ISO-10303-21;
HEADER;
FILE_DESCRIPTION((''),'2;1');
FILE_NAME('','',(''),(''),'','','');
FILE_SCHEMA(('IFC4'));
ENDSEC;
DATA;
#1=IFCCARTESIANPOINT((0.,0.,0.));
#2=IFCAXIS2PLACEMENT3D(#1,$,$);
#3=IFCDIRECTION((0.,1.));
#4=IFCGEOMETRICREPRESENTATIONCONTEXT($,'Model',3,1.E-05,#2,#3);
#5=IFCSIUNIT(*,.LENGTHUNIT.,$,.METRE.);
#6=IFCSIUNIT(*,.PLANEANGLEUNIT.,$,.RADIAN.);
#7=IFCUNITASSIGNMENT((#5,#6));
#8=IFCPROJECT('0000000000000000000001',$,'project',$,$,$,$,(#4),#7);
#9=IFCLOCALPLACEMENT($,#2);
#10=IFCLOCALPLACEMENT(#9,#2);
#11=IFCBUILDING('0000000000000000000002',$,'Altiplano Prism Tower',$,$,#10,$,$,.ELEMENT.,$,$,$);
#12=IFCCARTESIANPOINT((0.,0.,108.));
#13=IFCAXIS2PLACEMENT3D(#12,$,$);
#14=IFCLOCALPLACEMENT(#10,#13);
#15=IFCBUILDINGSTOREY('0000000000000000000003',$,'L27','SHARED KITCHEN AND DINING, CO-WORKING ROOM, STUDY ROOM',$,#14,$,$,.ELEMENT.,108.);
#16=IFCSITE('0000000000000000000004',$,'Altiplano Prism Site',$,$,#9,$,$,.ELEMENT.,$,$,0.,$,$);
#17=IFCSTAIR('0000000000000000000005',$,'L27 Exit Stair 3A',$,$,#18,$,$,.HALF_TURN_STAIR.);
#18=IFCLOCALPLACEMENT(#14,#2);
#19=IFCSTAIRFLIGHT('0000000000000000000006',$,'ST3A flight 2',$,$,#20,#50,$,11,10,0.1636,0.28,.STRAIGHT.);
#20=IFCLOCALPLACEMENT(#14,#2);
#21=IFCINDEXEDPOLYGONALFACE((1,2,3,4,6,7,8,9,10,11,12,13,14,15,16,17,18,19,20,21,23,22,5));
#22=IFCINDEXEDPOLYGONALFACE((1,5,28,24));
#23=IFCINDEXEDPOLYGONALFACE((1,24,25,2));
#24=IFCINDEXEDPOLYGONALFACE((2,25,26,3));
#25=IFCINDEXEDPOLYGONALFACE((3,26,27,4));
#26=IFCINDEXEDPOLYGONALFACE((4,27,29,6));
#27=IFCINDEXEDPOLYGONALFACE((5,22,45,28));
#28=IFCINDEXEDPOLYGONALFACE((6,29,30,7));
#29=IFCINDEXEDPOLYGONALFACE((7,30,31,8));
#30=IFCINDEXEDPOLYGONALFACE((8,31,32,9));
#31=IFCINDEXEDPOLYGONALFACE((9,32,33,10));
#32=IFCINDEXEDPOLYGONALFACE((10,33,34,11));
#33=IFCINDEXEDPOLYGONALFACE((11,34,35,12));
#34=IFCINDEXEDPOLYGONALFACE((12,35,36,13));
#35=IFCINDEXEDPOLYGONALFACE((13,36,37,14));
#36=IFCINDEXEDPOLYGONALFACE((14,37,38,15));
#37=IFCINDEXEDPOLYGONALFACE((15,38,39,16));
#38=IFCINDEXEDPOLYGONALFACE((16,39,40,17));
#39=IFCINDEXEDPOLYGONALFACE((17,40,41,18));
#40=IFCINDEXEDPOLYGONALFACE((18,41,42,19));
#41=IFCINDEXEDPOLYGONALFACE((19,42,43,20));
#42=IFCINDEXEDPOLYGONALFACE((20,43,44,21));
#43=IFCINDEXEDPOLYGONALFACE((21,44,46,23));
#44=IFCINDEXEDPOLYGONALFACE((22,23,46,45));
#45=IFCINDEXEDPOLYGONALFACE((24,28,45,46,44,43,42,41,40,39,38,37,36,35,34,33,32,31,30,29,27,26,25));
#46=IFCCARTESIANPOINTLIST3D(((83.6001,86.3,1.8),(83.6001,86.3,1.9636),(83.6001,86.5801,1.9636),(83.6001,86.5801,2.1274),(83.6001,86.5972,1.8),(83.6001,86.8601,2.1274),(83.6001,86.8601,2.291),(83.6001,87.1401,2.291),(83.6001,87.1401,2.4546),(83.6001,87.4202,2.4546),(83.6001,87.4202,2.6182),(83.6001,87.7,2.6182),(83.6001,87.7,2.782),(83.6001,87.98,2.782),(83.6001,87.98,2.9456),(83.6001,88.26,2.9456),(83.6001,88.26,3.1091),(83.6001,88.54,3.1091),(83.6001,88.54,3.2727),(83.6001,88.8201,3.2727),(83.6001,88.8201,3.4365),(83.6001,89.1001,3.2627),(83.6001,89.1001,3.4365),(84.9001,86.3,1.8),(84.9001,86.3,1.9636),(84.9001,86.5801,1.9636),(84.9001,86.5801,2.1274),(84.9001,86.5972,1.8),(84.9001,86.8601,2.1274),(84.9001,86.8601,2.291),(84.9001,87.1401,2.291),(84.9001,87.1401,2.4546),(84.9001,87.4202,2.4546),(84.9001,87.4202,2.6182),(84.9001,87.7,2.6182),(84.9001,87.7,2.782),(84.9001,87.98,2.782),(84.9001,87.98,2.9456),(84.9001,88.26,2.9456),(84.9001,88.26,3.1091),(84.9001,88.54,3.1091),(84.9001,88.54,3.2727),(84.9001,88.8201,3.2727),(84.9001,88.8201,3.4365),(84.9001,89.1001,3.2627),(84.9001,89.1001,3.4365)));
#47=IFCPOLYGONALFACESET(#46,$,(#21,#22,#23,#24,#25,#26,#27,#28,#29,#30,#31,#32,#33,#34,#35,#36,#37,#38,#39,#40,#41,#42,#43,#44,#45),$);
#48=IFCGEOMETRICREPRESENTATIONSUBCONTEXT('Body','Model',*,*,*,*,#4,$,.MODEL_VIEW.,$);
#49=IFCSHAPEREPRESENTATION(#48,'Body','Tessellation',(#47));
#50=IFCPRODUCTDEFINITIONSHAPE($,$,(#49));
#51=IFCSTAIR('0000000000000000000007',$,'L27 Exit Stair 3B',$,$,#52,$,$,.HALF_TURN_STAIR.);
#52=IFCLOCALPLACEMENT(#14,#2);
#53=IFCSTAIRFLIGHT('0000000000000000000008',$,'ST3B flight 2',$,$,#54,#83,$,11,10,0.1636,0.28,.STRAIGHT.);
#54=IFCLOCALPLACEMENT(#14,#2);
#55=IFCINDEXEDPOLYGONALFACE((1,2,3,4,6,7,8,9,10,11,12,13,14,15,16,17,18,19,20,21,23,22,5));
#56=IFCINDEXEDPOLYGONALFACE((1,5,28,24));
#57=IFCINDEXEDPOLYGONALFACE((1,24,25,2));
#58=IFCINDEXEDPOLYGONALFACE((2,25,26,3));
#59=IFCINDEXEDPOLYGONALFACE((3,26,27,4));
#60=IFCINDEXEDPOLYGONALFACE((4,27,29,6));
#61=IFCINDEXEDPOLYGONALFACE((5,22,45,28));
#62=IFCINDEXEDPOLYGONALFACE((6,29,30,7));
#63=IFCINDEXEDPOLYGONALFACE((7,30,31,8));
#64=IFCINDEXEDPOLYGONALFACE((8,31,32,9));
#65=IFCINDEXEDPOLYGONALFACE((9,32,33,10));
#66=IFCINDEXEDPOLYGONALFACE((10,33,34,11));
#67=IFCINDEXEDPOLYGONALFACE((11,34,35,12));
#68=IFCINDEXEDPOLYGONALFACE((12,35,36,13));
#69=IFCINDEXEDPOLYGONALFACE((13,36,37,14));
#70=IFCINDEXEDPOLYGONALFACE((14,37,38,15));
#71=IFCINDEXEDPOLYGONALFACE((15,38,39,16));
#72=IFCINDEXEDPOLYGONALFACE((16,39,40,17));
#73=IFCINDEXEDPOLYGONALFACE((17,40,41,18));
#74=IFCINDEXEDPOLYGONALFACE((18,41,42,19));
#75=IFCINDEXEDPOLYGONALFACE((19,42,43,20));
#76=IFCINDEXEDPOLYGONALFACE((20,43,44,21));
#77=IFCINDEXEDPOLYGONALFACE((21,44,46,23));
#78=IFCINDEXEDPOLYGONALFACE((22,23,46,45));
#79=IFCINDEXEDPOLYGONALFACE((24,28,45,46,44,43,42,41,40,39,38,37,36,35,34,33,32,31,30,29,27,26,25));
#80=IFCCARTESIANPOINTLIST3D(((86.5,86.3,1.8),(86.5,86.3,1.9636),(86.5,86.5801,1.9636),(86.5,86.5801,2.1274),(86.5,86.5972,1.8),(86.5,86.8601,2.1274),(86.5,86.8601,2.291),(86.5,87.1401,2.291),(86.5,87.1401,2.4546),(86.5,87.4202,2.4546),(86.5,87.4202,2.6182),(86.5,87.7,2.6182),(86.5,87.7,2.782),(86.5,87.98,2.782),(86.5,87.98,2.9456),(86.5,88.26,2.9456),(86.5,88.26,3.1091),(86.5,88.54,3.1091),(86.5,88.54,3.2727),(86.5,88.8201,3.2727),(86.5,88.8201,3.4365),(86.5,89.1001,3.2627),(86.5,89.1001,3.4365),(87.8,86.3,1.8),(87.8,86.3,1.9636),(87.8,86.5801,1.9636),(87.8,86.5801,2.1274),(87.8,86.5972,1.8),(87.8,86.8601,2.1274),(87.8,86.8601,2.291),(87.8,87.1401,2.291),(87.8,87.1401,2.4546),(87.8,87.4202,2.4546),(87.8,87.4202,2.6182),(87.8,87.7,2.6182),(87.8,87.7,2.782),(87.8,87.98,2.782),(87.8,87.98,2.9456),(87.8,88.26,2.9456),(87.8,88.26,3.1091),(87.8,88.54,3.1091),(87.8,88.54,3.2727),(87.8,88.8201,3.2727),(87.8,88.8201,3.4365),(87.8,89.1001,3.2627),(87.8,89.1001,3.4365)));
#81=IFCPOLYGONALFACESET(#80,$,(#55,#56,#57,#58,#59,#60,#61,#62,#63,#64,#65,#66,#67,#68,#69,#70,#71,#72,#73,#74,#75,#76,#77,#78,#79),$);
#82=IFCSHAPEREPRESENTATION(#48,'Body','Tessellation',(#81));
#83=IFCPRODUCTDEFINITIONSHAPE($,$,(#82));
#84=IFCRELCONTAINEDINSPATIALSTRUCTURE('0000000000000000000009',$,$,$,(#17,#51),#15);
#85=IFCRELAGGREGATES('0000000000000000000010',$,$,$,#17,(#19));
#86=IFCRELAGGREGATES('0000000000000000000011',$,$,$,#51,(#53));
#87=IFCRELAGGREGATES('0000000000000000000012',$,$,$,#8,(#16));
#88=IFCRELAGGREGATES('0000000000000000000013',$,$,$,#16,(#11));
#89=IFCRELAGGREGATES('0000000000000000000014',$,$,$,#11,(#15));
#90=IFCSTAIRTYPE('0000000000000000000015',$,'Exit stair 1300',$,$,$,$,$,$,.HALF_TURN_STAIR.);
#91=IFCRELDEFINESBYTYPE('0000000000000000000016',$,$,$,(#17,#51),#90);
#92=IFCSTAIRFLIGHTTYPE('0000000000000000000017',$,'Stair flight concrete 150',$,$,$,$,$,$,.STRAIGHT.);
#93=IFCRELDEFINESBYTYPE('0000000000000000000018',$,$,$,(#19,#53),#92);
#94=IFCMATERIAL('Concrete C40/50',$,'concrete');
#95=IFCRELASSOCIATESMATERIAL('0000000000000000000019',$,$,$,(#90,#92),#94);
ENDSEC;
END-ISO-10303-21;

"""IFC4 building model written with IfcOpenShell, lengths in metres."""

from ifc_helpers import new_model, si_unit, direction, frame, origin, place, context, subcontext, project, spatial, polyline, outline, extrude, material, type_object, element, aggregate, save


model = new_model("IFC4")

# Units and contexts
model_context = context("Model", 3, precision=1e-05, world=origin(), true_north=direction((0.0, 1.0)))
body_context = subcontext(model_context, "Body", "Model", "MODEL_VIEW")
ifc_project = project(units=[si_unit("LENGTHUNIT", "METRE"), si_unit("PLANEANGLEUNIT", "RADIAN")], contexts=[model_context])

# Site, building, storey
site_placement = place(None, origin())
site = spatial("IfcSite", under=ifc_project, at=site_placement, Name="Altiplano Prism Site", CompositionType="ELEMENT", RefElevation=0.0)
building_placement = place(site_placement, origin())
building = spatial("IfcBuilding", under=site, at=building_placement, Name="Altiplano Prism Tower", CompositionType="ELEMENT")
storey_placement = place(building_placement, frame((0.0, 0.0, 108.0)))
storey = spatial("IfcBuildingStorey", under=building, at=storey_placement, Name="L27", Description="SHARED KITCHEN AND DINING, CO-WORKING ROOM, STUDY ROOM", CompositionType="ELEMENT", Elevation=108.0)

# Stairs, stair flights
ifc_material_1 = material(Name="Concrete C40/50", Category="concrete")
stair_type = type_object("IfcStairType", Name="Exit stair 1300", PredefinedType="HALF_TURN_STAIR", material=ifc_material_1)
stair_1_placement = place(storey_placement, origin())
stair_1 = element("IfcStair", 1, at=stair_1_placement, inside=storey, type_object=stair_type, Name="L27 Exit Stair 3A", PredefinedType="HALF_TURN_STAIR")
stair_flight_type = type_object("IfcStairFlightType", Name="Stair flight concrete 150", PredefinedType="STRAIGHT", material=ifc_material_1)
stair_flight_1_placement = place(storey_placement, frame((84.25, 86.3, 1.8), z_axis=(0.0, 0.0, 1.0), x_axis=(0.0, 1.0, 0.0)))
stair_flight_1 = element("IfcStairFlight", 2, at=stair_flight_1_placement, type_object=stair_flight_type, Name="ST3A flight 2", NumberOfRisers=11, NumberOfTreads=10, PredefinedType="STRAIGHT", RiserHeight=0.1636, TreadLength=0.28, context=body_context, shape_type="SweptSolid", body=[
    extrude(outline(polyline([(0.0, 0.0), (0.0, 0.1636), (0.28, 0.1636), (0.28, 0.3274), (0.5601, 0.3274), (0.5601, 0.491), (0.8401, 0.491), (0.8401, 0.6545), (1.1201, 0.6545), (1.1201, 0.8181), (1.3999, 0.8181), (1.3999, 0.9819), (1.6799, 0.9819), (1.6799, 1.1455), (1.96, 1.1455), (1.96, 1.3091), (2.24, 1.3091), (2.24, 1.4727), (2.52, 1.4727), (2.52, 1.6365), (2.8, 1.6365), (2.8, 1.8), (2.8, 1.4626), (0.2971, 0.0), (0.0, 0.0)])), frame((0.0, 0.6499, 0.0), z_axis=(0.0, -1.0, 0.0), x_axis=(1.0, 0.0, 0.0)), (0.0, 0.0, 1.0), 1.3),
])
aggregate(stair_1, [stair_flight_1])
stair_2_placement = place(storey_placement, origin())
stair_2 = element("IfcStair", 3, at=stair_2_placement, inside=storey, type_object=stair_type, Name="L27 Exit Stair 3B", PredefinedType="HALF_TURN_STAIR")
stair_flight_2_placement = place(storey_placement, frame((87.1499, 86.3, 1.8), z_axis=(0.0, 0.0, 1.0), x_axis=(0.0, 1.0, 0.0)))
stair_flight_2 = element("IfcStairFlight", 4, at=stair_flight_2_placement, type_object=stair_flight_type, Name="ST3B flight 2", NumberOfRisers=11, NumberOfTreads=10, PredefinedType="STRAIGHT", RiserHeight=0.1636, TreadLength=0.28, context=body_context, shape_type="SweptSolid", body=[
    extrude(outline(polyline([(0.0, 0.0), (0.0, 0.1636), (0.28, 0.1636), (0.28, 0.3274), (0.5601, 0.3274), (0.5601, 0.491), (0.8401, 0.491), (0.8401, 0.6545), (1.1201, 0.6545), (1.1201, 0.8181), (1.3999, 0.8181), (1.3999, 0.9819), (1.6799, 0.9819), (1.6799, 1.1455), (1.96, 1.1455), (1.96, 1.3091), (2.24, 1.3091), (2.24, 1.4727), (2.52, 1.4727), (2.52, 1.6365), (2.8, 1.6365), (2.8, 1.8), (2.8, 1.4626), (0.2971, 0.0), (0.0, 0.0)])), frame((0.0, 0.6499, 0.0), z_axis=(0.0, -1.0, 0.0), x_axis=(1.0, 0.0, 0.0)), (0.0, 0.0, 1.0), 1.3),
])
aggregate(stair_2, [stair_flight_2])

save(model, "model.ifc")
